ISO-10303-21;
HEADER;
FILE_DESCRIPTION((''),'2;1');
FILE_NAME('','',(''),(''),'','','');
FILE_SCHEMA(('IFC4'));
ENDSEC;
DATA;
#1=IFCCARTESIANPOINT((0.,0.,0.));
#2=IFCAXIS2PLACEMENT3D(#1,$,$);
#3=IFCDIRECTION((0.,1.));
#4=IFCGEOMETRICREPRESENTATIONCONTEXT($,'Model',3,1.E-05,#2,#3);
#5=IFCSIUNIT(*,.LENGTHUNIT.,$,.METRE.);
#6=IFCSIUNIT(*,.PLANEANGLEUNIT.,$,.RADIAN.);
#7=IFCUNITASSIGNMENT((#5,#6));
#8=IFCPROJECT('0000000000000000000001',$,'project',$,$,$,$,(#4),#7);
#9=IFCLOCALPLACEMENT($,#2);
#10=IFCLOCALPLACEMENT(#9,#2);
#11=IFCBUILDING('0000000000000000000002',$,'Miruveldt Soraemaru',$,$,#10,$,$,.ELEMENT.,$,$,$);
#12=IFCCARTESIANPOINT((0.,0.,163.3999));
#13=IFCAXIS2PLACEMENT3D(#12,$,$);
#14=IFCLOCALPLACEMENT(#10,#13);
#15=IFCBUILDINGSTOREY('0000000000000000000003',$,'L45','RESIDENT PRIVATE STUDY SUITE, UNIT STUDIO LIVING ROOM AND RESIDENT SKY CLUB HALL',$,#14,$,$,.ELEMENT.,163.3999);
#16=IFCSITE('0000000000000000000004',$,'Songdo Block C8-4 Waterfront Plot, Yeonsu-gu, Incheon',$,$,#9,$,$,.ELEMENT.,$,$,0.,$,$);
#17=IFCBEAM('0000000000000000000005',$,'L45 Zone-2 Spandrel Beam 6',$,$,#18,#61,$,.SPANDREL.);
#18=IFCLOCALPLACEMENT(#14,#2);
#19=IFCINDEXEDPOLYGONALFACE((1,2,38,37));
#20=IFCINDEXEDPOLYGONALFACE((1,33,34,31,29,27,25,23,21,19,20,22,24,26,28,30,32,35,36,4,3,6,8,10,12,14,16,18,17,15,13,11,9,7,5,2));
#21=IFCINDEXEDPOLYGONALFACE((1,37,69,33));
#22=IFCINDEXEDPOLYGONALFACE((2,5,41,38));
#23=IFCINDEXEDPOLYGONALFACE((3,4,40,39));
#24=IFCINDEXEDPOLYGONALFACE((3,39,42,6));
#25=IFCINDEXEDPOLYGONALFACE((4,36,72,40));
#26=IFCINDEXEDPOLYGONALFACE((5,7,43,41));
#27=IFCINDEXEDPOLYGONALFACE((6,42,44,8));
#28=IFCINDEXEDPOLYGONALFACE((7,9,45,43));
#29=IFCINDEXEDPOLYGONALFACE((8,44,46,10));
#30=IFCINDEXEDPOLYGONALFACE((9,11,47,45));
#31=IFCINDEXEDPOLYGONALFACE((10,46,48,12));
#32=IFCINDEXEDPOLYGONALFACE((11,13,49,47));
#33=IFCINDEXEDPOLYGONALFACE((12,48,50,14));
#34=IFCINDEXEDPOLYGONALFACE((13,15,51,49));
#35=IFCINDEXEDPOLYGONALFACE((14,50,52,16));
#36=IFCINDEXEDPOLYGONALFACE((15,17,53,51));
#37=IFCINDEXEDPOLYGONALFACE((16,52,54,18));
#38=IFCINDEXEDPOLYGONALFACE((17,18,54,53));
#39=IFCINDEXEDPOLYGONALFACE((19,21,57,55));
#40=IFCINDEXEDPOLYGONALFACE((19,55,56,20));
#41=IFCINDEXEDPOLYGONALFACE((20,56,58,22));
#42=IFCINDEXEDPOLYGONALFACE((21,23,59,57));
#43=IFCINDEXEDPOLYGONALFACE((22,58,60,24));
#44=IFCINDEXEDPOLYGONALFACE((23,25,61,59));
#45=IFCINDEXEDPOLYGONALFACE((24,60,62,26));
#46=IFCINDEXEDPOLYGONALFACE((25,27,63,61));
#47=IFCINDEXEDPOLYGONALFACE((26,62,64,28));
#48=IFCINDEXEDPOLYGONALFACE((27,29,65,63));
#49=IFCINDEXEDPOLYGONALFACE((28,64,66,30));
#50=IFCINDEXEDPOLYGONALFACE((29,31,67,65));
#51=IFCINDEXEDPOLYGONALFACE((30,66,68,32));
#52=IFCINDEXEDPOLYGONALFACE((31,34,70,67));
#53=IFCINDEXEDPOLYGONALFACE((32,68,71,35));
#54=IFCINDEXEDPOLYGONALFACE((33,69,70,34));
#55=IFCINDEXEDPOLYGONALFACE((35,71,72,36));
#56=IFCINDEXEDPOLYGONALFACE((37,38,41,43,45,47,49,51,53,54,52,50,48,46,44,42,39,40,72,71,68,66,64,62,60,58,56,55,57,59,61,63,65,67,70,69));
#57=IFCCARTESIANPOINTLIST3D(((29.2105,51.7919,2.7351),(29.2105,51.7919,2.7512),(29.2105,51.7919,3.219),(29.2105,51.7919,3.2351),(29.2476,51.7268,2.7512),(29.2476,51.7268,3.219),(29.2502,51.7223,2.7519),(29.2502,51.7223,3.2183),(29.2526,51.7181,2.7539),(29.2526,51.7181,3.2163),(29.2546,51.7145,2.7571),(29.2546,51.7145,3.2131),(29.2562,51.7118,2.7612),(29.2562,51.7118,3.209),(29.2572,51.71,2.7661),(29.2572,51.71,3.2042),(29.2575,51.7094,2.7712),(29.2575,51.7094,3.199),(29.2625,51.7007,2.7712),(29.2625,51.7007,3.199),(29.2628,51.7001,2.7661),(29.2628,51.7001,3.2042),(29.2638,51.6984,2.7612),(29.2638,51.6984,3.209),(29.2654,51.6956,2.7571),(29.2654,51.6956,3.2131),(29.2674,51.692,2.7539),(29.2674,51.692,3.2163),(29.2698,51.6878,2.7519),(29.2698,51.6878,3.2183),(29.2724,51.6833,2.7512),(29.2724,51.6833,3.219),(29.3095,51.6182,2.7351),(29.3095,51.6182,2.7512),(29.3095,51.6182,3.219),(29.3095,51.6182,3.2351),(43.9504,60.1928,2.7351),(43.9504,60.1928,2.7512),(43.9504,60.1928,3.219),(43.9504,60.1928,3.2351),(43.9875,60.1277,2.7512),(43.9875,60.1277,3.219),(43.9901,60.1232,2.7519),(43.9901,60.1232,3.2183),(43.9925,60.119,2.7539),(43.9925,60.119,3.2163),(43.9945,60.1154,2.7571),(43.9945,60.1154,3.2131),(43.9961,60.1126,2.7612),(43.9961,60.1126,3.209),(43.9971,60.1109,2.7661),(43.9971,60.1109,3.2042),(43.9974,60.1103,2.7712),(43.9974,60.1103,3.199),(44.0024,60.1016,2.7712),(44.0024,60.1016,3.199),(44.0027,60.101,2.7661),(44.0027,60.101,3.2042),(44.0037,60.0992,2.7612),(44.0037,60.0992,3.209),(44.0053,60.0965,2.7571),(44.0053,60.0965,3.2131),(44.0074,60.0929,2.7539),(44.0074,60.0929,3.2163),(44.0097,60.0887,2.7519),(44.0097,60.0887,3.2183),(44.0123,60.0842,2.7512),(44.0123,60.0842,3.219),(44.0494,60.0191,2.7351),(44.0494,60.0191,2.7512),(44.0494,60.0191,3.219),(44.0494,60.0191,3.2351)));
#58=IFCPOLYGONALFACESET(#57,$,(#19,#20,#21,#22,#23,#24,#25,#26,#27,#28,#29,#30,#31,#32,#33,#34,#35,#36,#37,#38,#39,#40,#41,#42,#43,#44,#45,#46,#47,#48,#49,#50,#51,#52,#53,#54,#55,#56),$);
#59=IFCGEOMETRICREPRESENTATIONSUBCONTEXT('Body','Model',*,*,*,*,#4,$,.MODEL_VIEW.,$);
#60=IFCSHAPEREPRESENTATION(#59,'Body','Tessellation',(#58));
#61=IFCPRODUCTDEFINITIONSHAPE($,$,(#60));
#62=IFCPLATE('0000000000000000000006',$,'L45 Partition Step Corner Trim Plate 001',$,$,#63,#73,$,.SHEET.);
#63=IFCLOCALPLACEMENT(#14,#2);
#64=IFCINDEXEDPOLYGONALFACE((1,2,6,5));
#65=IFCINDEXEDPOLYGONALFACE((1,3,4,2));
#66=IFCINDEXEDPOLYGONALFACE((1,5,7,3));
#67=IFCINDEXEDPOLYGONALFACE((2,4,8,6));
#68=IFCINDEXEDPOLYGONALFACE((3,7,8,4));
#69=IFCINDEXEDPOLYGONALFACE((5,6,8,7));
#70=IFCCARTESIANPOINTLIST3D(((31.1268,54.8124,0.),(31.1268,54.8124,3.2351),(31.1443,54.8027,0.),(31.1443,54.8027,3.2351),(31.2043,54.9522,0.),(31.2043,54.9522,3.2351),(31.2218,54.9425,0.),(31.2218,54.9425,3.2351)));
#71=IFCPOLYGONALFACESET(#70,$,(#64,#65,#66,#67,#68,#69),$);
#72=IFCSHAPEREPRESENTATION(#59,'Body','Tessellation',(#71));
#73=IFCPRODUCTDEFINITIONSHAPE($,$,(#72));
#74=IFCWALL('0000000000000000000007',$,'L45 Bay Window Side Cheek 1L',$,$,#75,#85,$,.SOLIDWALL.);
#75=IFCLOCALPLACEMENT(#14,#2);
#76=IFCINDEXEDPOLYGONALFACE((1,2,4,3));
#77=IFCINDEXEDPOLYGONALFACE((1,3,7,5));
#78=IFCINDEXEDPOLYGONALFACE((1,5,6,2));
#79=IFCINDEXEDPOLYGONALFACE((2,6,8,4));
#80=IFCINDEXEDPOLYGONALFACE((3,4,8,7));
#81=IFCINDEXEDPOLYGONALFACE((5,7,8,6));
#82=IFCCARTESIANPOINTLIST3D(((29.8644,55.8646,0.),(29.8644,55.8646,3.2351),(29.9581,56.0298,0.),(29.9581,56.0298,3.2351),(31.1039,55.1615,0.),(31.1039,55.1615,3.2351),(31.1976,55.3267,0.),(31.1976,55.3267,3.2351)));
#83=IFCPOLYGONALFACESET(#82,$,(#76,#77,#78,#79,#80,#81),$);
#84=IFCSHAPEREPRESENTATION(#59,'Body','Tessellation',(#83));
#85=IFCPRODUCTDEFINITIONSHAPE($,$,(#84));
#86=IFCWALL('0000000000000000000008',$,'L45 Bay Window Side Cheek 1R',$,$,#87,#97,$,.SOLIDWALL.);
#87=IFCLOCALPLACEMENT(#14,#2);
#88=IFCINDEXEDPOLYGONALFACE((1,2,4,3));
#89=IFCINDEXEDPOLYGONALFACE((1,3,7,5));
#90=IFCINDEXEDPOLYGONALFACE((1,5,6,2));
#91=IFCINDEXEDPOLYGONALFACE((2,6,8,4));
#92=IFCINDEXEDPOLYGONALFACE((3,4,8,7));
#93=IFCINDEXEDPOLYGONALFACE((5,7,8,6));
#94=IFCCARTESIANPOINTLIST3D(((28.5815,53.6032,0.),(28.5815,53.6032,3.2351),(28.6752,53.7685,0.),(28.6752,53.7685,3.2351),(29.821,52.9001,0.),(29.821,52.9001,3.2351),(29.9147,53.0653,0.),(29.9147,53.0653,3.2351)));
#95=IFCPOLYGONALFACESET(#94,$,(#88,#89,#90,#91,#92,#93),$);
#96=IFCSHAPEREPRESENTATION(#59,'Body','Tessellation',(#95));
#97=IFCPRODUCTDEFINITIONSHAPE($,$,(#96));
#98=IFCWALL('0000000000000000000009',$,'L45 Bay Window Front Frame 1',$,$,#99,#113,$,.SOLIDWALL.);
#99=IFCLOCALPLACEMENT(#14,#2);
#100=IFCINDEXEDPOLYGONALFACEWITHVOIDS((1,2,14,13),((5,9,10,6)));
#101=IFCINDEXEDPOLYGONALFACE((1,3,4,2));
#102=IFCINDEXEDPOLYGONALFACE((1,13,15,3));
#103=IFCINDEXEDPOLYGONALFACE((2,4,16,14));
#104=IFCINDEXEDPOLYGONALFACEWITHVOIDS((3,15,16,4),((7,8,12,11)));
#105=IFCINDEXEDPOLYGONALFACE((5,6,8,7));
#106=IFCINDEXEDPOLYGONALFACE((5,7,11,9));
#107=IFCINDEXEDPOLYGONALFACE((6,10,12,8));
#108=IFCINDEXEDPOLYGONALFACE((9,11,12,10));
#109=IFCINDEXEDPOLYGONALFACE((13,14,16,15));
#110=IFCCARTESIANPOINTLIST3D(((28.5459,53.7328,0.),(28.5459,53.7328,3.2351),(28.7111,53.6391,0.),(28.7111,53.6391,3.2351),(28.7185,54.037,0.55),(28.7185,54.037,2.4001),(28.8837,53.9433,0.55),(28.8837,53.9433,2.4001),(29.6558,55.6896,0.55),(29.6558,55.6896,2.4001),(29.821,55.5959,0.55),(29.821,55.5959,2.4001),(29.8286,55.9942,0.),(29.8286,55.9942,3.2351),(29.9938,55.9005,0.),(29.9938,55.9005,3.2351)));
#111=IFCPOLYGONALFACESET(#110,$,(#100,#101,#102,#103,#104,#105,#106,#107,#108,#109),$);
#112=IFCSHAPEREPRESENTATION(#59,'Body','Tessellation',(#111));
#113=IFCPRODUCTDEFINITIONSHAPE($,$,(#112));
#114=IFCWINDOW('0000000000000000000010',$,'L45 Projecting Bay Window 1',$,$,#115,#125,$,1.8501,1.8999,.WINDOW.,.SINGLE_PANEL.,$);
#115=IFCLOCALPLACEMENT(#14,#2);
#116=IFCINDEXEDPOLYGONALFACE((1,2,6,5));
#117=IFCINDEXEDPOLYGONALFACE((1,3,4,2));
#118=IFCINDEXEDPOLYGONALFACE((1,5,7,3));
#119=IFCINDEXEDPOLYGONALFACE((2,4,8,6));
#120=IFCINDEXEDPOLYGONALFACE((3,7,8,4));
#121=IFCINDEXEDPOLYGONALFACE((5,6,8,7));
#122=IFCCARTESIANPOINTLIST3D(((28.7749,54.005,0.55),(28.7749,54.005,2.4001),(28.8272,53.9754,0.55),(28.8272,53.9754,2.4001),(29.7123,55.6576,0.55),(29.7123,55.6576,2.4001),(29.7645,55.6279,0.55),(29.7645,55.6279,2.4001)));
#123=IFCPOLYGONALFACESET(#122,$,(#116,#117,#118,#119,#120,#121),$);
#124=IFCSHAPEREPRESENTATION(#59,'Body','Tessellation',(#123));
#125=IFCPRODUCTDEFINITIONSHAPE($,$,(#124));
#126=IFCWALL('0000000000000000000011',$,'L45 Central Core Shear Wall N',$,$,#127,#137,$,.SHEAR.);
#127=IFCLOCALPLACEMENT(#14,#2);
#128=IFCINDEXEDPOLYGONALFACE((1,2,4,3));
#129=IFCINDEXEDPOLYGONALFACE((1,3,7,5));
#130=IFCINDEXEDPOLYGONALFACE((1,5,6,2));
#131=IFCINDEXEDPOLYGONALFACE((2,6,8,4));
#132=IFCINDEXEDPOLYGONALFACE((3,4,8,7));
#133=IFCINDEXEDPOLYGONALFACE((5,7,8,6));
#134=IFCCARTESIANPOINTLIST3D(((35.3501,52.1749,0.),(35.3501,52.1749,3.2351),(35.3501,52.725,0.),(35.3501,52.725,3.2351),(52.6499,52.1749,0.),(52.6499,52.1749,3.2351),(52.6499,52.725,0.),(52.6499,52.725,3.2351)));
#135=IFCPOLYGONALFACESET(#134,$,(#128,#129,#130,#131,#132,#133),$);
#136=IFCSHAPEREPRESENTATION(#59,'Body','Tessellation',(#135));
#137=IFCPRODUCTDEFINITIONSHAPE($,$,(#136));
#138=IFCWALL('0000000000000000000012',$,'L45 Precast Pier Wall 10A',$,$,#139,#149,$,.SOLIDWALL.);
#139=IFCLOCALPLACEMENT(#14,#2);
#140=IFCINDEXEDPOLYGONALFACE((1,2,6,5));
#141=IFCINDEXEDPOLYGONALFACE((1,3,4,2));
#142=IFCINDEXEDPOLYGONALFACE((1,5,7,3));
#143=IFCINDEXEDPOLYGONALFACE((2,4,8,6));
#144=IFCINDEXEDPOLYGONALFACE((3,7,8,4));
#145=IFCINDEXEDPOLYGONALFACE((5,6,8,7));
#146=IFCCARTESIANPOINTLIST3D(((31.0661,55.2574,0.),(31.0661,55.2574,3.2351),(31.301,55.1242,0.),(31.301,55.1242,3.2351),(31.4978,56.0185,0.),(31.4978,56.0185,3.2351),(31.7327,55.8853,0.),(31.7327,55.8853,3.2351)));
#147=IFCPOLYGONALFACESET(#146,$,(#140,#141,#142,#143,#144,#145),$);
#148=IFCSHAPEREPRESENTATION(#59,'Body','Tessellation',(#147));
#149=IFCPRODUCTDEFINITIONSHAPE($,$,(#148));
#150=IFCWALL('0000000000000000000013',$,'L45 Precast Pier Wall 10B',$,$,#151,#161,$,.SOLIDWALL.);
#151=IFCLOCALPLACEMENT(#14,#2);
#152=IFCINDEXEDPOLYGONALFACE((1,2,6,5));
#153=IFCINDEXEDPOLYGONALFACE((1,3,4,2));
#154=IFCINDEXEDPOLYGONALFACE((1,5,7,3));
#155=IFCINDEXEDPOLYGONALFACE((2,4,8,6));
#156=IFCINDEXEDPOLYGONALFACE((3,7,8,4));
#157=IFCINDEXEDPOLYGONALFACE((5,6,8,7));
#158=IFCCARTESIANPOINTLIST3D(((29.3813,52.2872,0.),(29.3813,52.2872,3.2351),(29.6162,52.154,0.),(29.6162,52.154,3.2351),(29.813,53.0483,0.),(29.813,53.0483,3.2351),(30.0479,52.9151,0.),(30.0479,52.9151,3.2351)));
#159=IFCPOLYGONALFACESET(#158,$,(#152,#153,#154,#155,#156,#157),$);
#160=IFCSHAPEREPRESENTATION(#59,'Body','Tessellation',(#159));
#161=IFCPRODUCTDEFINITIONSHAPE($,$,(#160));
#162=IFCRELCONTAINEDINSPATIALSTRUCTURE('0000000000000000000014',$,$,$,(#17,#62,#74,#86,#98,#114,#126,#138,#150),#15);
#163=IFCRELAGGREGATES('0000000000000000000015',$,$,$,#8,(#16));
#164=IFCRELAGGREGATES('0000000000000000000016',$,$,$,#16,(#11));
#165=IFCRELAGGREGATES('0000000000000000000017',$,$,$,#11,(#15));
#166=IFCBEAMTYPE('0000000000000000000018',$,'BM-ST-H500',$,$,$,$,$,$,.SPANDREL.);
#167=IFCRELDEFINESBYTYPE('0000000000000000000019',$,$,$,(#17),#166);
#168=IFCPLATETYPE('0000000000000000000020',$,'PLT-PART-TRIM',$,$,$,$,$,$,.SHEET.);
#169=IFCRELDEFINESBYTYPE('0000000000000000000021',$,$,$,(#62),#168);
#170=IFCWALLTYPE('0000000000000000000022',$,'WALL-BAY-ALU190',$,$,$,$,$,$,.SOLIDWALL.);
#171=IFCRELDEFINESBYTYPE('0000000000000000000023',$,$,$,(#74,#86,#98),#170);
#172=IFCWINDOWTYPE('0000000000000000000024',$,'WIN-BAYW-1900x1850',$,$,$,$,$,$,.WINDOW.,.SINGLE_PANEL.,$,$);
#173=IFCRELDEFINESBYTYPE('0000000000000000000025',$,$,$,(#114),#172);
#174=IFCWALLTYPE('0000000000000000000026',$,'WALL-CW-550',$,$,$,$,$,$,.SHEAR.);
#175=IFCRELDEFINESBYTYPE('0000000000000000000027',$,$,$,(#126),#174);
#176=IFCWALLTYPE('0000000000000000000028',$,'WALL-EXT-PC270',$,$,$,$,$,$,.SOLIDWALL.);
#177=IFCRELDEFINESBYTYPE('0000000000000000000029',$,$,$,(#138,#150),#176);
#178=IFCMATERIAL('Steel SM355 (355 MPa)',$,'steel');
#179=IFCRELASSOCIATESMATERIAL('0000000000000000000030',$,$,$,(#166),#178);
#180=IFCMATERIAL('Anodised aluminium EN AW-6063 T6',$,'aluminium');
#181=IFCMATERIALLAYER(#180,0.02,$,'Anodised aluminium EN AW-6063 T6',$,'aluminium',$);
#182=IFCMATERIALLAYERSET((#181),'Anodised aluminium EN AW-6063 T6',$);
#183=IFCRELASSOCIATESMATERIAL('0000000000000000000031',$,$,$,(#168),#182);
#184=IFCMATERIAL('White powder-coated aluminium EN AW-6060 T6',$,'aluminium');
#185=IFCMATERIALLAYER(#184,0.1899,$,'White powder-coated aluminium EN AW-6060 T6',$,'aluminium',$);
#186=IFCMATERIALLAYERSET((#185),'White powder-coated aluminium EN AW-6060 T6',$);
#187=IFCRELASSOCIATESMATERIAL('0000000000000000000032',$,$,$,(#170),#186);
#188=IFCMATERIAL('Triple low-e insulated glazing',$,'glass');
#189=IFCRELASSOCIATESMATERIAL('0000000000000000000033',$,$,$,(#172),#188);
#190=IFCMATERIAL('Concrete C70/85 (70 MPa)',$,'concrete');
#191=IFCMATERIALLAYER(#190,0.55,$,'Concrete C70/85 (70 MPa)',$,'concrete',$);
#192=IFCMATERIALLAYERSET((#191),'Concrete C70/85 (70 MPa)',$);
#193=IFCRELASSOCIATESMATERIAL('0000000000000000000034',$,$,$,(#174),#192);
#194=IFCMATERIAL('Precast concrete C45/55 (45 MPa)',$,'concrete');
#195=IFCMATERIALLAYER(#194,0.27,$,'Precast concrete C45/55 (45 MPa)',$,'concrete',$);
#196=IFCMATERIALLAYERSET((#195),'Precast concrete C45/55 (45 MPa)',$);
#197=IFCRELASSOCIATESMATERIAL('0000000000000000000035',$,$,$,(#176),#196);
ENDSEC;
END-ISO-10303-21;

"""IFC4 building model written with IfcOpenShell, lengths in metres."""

from ifc_helpers import new_model, si_unit, direction, frame, frame_2d, origin, origin_2d, place, context, subcontext, project, spatial, rectangle, i_section, extrude, material, layer, layer_set, material_profile, profile_set, type_object, element, fill, save


model = new_model("IFC4")

# Units and contexts
model_context = context("Model", 3, precision=1e-05, world=origin(), true_north=direction((0.0, 1.0)))
body_context = subcontext(model_context, "Body", "Model", "MODEL_VIEW")
ifc_project = project(units=[si_unit("LENGTHUNIT", "METRE"), si_unit("PLANEANGLEUNIT", "RADIAN")], contexts=[model_context])

# Site, building, storey
site_placement = place(None, origin())
site = spatial("IfcSite", under=ifc_project, at=site_placement, Name="Songdo Block C8-4 Waterfront Plot, Yeonsu-gu, Incheon", CompositionType="ELEMENT", RefElevation=0.0)
building_placement = place(site_placement, origin())
building = spatial("IfcBuilding", under=site, at=building_placement, Name="Miruveldt Soraemaru", CompositionType="ELEMENT")
storey_placement = place(building_placement, frame((0.0, 0.0, 163.3999)))
storey = spatial("IfcBuildingStorey", under=building, at=storey_placement, Name="L45", Description="RESIDENT PRIVATE STUDY SUITE, UNIT STUDIO LIVING ROOM AND RESIDENT SKY CLUB HALL", CompositionType="ELEMENT", Elevation=163.3999)

# Beam
ifc_material_1 = material(Name="Steel SM355 (355 MPa)", Category="steel")
ifc_material_profile = material_profile(ifc_material_1, i_section(OverallWidth=0.2, OverallDepth=0.5, WebThickness=0.01, FlangeThickness=0.0161, FilletRadius=0.02, at=origin_2d()), Name="Steel SM355 (355 MPa)", Category="steel")
ifc_profile_set = profile_set([ifc_material_profile], Name="Steel SM355 (355 MPa)")
beam_type = type_object("IfcBeamType", Name="BM-ST-H500", PredefinedType="SPANDREL", material=ifc_profile_set)
beam_placement = place(storey_placement, frame((29.26, 51.7051, 2.9851), z_axis=(0.8688, 0.495162, 0.0), x_axis=(-0.495162, 0.8688, 0.0)))
element("IfcBeam", 1, at=beam_placement, inside=storey, type_object=beam_type, Name="L45 Zone-2 Spandrel Beam 6", PredefinedType="SPANDREL", context=body_context, shape_type="SweptSolid", body=[
    extrude(i_section(OverallWidth=0.2, OverallDepth=0.5, WebThickness=0.01, FlangeThickness=0.0161, FilletRadius=0.02, at=origin_2d()), origin(), (0.0, 0.0, 1.0), 16.9658),
])

# Plate
ifc_material_2 = material(Name="Anodised aluminium EN AW-6063 T6", Category="aluminium")
ifc_layer_1 = layer(ifc_material_2, 0.02, Name="Anodised aluminium EN AW-6063 T6", Category="aluminium")
ifc_layer_set_1 = layer_set([ifc_layer_1], Name="Anodised aluminium EN AW-6063 T6")
plate_type = type_object("IfcPlateType", Name="PLT-PART-TRIM", PredefinedType="SHEET", material=ifc_layer_set_1)
plate_placement = place(storey_placement, frame((31.1743, 54.8774, 0.0), z_axis=(0.0, 0.0, 1.0), x_axis=(0.484962, 0.874535, 0.0)))
element("IfcPlate", 2, at=plate_placement, inside=storey, type_object=plate_type, Name="L45 Partition Step Corner Trim Plate 001", PredefinedType="SHEET", context=body_context, shape_type="SweptSolid", body=[
    extrude(rectangle(XDim=0.1599, YDim=0.02, at=origin_2d()), origin(), (0.0, 0.0, 1.0), 3.2351),
])

# Walls
ifc_material_3 = material(Name="White powder-coated aluminium EN AW-6060 T6", Category="aluminium")
ifc_layer_2 = layer(ifc_material_3, 0.1899, Name="White powder-coated aluminium EN AW-6060 T6", Category="aluminium")
ifc_layer_set_2 = layer_set([ifc_layer_2], Name="White powder-coated aluminium EN AW-6060 T6")
wall_type_1 = type_object("IfcWallType", Name="WALL-BAY-ALU190", PredefinedType="SOLIDWALL", material=ifc_layer_set_2)
for number, where, z_axis, x_axis, name in (
    (3, (31.1506, 55.2441, 0.0), (0.0, 0.0, 1.0), (-0.869799, 0.493406, 0.0), "L45 Bay Window Side Cheek 1L"),
    (4, (28.6284, 53.6858, 0.0), (0.0, 0.0, 1.0), (0.869799, -0.493406, 0.0), "L45 Bay Window Side Cheek 1R"),
):
    element("IfcWall", number, at=place(storey_placement, frame(where, z_axis=z_axis, x_axis=x_axis)), inside=storey, type_object=wall_type_1, Name=name, PredefinedType="SOLIDWALL", context=body_context, shape_type="SweptSolid", body=[
        extrude(rectangle(XDim=1.425, YDim=0.1899, at=frame_2d((0.7124, 0.0))), origin(), (0.0, 0.0, 1.0), 3.2351),
    ])

# Wall, opening, window
wall_1_placement = place(storey_placement, frame((29.9111, 55.9473, 0.0), z_axis=(0.0, 0.0, 1.0), x_axis=(-0.493366, -0.869822, 0.0)))
wall_1 = element("IfcWall", 5, at=wall_1_placement, inside=storey, type_object=wall_type_1, Name="L45 Bay Window Front Frame 1", PredefinedType="SOLIDWALL", context=body_context, shape_type="SweptSolid", body=[
    extrude(rectangle(XDim=2.5999, YDim=0.1899, at=frame_2d((1.2998, 0.0))), origin(), (0.0, 0.0, 1.0), 3.2351),
])
opening_1_placement = place(wall_1_placement, frame((0.3501, 0.0, 0.55)))
opening_1 = element("IfcOpeningElement", 6, at=opening_1_placement, cuts=wall_1, PredefinedType="OPENING", context=body_context, shape_type="SweptSolid", body=[
    extrude(rectangle(XDim=1.8999, YDim=1.8501, at=frame_2d((0.95, 0.925))), frame((0.0, 0.105, 0.0), z_axis=(0.0, -1.0, 0.0), x_axis=(1.0, 0.0, 0.0)), (0.0, 0.0, 1.0), 0.21),
])
ifc_material_4 = material(Name="Triple low-e insulated glazing", Category="glass")
window_type_1 = type_object("IfcWindowType", Name="WIN-BAYW-1900x1850", PartitioningType="SINGLE_PANEL", PredefinedType="WINDOW", material=ifc_material_4)
window_1_placement = place(opening_1_placement, origin())
window_1 = element("IfcWindow", 7, at=window_1_placement, inside=storey, type_object=window_type_1, Name="L45 Projecting Bay Window 1", OverallHeight=1.8501, OverallWidth=1.8999, PartitioningType="SINGLE_PANEL", PredefinedType="WINDOW", context=body_context, shape_type="SweptSolid", body=[
    extrude(rectangle(XDim=1.8999, YDim=1.8501, at=frame_2d((0.95, 0.925))), frame((0.0, 0.03, 0.0), z_axis=(0.0, -1.0, 0.0), x_axis=(1.0, 0.0, 0.0)), (0.0, 0.0, 1.0), 0.0601),
])
fill(opening_1, window_1)

# Walls
ifc_material_5 = material(Name="Concrete C70/85 (70 MPa)", Category="concrete")
ifc_layer_3 = layer(ifc_material_5, 0.55, Name="Concrete C70/85 (70 MPa)", Category="concrete")
ifc_layer_set_3 = layer_set([ifc_layer_3], Name="Concrete C70/85 (70 MPa)")
wall_type_2 = type_object("IfcWallType", Name="WALL-CW-550", PredefinedType="SHEAR", material=ifc_layer_set_3)
wall_2_placement = place(storey_placement, frame((35.3501, 52.45, 0.0), z_axis=(0.0, 0.0, 1.0), x_axis=(1.0, 0.0, 0.0)))
element("IfcWall", 8, at=wall_2_placement, inside=storey, type_object=wall_type_2, Name="L45 Central Core Shear Wall N", PredefinedType="SHEAR", context=body_context, shape_type="SweptSolid", body=[
    extrude(rectangle(XDim=17.2998, YDim=0.55, at=frame_2d((8.6499, 0.0))), origin(), (0.0, 0.0, 1.0), 3.2351),
])
ifc_material_6 = material(Name="Precast concrete C45/55 (45 MPa)", Category="concrete")
ifc_layer_4 = layer(ifc_material_6, 0.27, Name="Precast concrete C45/55 (45 MPa)", Category="concrete")
ifc_layer_set_4 = layer_set([ifc_layer_4], Name="Precast concrete C45/55 (45 MPa)")
wall_type_3 = type_object("IfcWallType", Name="WALL-EXT-PC270", PredefinedType="SOLIDWALL", material=ifc_layer_set_4)
for number, where, z_axis, x_axis, name in (
    (9, (31.6152, 55.9519, 0.0), (0.0, 0.0, 1.0), (-0.493372, -0.869819, 0.0), "L45 Precast Pier Wall 10A"),
    (10, (29.9304, 52.9817, 0.0), (0.0, 0.0, 1.0), (-0.493372, -0.869819, 0.0), "L45 Precast Pier Wall 10B"),
):
    element("IfcWall", number, at=place(storey_placement, frame(where, z_axis=z_axis, x_axis=x_axis)), inside=storey, type_object=wall_type_3, Name=name, PredefinedType="SOLIDWALL", context=body_context, shape_type="SweptSolid", body=[
        extrude(rectangle(XDim=0.875, YDim=0.27, at=frame_2d((0.4375, 0.0))), origin(), (0.0, 0.0, 1.0), 3.2351),
    ])

save(model, "model.ifc")
